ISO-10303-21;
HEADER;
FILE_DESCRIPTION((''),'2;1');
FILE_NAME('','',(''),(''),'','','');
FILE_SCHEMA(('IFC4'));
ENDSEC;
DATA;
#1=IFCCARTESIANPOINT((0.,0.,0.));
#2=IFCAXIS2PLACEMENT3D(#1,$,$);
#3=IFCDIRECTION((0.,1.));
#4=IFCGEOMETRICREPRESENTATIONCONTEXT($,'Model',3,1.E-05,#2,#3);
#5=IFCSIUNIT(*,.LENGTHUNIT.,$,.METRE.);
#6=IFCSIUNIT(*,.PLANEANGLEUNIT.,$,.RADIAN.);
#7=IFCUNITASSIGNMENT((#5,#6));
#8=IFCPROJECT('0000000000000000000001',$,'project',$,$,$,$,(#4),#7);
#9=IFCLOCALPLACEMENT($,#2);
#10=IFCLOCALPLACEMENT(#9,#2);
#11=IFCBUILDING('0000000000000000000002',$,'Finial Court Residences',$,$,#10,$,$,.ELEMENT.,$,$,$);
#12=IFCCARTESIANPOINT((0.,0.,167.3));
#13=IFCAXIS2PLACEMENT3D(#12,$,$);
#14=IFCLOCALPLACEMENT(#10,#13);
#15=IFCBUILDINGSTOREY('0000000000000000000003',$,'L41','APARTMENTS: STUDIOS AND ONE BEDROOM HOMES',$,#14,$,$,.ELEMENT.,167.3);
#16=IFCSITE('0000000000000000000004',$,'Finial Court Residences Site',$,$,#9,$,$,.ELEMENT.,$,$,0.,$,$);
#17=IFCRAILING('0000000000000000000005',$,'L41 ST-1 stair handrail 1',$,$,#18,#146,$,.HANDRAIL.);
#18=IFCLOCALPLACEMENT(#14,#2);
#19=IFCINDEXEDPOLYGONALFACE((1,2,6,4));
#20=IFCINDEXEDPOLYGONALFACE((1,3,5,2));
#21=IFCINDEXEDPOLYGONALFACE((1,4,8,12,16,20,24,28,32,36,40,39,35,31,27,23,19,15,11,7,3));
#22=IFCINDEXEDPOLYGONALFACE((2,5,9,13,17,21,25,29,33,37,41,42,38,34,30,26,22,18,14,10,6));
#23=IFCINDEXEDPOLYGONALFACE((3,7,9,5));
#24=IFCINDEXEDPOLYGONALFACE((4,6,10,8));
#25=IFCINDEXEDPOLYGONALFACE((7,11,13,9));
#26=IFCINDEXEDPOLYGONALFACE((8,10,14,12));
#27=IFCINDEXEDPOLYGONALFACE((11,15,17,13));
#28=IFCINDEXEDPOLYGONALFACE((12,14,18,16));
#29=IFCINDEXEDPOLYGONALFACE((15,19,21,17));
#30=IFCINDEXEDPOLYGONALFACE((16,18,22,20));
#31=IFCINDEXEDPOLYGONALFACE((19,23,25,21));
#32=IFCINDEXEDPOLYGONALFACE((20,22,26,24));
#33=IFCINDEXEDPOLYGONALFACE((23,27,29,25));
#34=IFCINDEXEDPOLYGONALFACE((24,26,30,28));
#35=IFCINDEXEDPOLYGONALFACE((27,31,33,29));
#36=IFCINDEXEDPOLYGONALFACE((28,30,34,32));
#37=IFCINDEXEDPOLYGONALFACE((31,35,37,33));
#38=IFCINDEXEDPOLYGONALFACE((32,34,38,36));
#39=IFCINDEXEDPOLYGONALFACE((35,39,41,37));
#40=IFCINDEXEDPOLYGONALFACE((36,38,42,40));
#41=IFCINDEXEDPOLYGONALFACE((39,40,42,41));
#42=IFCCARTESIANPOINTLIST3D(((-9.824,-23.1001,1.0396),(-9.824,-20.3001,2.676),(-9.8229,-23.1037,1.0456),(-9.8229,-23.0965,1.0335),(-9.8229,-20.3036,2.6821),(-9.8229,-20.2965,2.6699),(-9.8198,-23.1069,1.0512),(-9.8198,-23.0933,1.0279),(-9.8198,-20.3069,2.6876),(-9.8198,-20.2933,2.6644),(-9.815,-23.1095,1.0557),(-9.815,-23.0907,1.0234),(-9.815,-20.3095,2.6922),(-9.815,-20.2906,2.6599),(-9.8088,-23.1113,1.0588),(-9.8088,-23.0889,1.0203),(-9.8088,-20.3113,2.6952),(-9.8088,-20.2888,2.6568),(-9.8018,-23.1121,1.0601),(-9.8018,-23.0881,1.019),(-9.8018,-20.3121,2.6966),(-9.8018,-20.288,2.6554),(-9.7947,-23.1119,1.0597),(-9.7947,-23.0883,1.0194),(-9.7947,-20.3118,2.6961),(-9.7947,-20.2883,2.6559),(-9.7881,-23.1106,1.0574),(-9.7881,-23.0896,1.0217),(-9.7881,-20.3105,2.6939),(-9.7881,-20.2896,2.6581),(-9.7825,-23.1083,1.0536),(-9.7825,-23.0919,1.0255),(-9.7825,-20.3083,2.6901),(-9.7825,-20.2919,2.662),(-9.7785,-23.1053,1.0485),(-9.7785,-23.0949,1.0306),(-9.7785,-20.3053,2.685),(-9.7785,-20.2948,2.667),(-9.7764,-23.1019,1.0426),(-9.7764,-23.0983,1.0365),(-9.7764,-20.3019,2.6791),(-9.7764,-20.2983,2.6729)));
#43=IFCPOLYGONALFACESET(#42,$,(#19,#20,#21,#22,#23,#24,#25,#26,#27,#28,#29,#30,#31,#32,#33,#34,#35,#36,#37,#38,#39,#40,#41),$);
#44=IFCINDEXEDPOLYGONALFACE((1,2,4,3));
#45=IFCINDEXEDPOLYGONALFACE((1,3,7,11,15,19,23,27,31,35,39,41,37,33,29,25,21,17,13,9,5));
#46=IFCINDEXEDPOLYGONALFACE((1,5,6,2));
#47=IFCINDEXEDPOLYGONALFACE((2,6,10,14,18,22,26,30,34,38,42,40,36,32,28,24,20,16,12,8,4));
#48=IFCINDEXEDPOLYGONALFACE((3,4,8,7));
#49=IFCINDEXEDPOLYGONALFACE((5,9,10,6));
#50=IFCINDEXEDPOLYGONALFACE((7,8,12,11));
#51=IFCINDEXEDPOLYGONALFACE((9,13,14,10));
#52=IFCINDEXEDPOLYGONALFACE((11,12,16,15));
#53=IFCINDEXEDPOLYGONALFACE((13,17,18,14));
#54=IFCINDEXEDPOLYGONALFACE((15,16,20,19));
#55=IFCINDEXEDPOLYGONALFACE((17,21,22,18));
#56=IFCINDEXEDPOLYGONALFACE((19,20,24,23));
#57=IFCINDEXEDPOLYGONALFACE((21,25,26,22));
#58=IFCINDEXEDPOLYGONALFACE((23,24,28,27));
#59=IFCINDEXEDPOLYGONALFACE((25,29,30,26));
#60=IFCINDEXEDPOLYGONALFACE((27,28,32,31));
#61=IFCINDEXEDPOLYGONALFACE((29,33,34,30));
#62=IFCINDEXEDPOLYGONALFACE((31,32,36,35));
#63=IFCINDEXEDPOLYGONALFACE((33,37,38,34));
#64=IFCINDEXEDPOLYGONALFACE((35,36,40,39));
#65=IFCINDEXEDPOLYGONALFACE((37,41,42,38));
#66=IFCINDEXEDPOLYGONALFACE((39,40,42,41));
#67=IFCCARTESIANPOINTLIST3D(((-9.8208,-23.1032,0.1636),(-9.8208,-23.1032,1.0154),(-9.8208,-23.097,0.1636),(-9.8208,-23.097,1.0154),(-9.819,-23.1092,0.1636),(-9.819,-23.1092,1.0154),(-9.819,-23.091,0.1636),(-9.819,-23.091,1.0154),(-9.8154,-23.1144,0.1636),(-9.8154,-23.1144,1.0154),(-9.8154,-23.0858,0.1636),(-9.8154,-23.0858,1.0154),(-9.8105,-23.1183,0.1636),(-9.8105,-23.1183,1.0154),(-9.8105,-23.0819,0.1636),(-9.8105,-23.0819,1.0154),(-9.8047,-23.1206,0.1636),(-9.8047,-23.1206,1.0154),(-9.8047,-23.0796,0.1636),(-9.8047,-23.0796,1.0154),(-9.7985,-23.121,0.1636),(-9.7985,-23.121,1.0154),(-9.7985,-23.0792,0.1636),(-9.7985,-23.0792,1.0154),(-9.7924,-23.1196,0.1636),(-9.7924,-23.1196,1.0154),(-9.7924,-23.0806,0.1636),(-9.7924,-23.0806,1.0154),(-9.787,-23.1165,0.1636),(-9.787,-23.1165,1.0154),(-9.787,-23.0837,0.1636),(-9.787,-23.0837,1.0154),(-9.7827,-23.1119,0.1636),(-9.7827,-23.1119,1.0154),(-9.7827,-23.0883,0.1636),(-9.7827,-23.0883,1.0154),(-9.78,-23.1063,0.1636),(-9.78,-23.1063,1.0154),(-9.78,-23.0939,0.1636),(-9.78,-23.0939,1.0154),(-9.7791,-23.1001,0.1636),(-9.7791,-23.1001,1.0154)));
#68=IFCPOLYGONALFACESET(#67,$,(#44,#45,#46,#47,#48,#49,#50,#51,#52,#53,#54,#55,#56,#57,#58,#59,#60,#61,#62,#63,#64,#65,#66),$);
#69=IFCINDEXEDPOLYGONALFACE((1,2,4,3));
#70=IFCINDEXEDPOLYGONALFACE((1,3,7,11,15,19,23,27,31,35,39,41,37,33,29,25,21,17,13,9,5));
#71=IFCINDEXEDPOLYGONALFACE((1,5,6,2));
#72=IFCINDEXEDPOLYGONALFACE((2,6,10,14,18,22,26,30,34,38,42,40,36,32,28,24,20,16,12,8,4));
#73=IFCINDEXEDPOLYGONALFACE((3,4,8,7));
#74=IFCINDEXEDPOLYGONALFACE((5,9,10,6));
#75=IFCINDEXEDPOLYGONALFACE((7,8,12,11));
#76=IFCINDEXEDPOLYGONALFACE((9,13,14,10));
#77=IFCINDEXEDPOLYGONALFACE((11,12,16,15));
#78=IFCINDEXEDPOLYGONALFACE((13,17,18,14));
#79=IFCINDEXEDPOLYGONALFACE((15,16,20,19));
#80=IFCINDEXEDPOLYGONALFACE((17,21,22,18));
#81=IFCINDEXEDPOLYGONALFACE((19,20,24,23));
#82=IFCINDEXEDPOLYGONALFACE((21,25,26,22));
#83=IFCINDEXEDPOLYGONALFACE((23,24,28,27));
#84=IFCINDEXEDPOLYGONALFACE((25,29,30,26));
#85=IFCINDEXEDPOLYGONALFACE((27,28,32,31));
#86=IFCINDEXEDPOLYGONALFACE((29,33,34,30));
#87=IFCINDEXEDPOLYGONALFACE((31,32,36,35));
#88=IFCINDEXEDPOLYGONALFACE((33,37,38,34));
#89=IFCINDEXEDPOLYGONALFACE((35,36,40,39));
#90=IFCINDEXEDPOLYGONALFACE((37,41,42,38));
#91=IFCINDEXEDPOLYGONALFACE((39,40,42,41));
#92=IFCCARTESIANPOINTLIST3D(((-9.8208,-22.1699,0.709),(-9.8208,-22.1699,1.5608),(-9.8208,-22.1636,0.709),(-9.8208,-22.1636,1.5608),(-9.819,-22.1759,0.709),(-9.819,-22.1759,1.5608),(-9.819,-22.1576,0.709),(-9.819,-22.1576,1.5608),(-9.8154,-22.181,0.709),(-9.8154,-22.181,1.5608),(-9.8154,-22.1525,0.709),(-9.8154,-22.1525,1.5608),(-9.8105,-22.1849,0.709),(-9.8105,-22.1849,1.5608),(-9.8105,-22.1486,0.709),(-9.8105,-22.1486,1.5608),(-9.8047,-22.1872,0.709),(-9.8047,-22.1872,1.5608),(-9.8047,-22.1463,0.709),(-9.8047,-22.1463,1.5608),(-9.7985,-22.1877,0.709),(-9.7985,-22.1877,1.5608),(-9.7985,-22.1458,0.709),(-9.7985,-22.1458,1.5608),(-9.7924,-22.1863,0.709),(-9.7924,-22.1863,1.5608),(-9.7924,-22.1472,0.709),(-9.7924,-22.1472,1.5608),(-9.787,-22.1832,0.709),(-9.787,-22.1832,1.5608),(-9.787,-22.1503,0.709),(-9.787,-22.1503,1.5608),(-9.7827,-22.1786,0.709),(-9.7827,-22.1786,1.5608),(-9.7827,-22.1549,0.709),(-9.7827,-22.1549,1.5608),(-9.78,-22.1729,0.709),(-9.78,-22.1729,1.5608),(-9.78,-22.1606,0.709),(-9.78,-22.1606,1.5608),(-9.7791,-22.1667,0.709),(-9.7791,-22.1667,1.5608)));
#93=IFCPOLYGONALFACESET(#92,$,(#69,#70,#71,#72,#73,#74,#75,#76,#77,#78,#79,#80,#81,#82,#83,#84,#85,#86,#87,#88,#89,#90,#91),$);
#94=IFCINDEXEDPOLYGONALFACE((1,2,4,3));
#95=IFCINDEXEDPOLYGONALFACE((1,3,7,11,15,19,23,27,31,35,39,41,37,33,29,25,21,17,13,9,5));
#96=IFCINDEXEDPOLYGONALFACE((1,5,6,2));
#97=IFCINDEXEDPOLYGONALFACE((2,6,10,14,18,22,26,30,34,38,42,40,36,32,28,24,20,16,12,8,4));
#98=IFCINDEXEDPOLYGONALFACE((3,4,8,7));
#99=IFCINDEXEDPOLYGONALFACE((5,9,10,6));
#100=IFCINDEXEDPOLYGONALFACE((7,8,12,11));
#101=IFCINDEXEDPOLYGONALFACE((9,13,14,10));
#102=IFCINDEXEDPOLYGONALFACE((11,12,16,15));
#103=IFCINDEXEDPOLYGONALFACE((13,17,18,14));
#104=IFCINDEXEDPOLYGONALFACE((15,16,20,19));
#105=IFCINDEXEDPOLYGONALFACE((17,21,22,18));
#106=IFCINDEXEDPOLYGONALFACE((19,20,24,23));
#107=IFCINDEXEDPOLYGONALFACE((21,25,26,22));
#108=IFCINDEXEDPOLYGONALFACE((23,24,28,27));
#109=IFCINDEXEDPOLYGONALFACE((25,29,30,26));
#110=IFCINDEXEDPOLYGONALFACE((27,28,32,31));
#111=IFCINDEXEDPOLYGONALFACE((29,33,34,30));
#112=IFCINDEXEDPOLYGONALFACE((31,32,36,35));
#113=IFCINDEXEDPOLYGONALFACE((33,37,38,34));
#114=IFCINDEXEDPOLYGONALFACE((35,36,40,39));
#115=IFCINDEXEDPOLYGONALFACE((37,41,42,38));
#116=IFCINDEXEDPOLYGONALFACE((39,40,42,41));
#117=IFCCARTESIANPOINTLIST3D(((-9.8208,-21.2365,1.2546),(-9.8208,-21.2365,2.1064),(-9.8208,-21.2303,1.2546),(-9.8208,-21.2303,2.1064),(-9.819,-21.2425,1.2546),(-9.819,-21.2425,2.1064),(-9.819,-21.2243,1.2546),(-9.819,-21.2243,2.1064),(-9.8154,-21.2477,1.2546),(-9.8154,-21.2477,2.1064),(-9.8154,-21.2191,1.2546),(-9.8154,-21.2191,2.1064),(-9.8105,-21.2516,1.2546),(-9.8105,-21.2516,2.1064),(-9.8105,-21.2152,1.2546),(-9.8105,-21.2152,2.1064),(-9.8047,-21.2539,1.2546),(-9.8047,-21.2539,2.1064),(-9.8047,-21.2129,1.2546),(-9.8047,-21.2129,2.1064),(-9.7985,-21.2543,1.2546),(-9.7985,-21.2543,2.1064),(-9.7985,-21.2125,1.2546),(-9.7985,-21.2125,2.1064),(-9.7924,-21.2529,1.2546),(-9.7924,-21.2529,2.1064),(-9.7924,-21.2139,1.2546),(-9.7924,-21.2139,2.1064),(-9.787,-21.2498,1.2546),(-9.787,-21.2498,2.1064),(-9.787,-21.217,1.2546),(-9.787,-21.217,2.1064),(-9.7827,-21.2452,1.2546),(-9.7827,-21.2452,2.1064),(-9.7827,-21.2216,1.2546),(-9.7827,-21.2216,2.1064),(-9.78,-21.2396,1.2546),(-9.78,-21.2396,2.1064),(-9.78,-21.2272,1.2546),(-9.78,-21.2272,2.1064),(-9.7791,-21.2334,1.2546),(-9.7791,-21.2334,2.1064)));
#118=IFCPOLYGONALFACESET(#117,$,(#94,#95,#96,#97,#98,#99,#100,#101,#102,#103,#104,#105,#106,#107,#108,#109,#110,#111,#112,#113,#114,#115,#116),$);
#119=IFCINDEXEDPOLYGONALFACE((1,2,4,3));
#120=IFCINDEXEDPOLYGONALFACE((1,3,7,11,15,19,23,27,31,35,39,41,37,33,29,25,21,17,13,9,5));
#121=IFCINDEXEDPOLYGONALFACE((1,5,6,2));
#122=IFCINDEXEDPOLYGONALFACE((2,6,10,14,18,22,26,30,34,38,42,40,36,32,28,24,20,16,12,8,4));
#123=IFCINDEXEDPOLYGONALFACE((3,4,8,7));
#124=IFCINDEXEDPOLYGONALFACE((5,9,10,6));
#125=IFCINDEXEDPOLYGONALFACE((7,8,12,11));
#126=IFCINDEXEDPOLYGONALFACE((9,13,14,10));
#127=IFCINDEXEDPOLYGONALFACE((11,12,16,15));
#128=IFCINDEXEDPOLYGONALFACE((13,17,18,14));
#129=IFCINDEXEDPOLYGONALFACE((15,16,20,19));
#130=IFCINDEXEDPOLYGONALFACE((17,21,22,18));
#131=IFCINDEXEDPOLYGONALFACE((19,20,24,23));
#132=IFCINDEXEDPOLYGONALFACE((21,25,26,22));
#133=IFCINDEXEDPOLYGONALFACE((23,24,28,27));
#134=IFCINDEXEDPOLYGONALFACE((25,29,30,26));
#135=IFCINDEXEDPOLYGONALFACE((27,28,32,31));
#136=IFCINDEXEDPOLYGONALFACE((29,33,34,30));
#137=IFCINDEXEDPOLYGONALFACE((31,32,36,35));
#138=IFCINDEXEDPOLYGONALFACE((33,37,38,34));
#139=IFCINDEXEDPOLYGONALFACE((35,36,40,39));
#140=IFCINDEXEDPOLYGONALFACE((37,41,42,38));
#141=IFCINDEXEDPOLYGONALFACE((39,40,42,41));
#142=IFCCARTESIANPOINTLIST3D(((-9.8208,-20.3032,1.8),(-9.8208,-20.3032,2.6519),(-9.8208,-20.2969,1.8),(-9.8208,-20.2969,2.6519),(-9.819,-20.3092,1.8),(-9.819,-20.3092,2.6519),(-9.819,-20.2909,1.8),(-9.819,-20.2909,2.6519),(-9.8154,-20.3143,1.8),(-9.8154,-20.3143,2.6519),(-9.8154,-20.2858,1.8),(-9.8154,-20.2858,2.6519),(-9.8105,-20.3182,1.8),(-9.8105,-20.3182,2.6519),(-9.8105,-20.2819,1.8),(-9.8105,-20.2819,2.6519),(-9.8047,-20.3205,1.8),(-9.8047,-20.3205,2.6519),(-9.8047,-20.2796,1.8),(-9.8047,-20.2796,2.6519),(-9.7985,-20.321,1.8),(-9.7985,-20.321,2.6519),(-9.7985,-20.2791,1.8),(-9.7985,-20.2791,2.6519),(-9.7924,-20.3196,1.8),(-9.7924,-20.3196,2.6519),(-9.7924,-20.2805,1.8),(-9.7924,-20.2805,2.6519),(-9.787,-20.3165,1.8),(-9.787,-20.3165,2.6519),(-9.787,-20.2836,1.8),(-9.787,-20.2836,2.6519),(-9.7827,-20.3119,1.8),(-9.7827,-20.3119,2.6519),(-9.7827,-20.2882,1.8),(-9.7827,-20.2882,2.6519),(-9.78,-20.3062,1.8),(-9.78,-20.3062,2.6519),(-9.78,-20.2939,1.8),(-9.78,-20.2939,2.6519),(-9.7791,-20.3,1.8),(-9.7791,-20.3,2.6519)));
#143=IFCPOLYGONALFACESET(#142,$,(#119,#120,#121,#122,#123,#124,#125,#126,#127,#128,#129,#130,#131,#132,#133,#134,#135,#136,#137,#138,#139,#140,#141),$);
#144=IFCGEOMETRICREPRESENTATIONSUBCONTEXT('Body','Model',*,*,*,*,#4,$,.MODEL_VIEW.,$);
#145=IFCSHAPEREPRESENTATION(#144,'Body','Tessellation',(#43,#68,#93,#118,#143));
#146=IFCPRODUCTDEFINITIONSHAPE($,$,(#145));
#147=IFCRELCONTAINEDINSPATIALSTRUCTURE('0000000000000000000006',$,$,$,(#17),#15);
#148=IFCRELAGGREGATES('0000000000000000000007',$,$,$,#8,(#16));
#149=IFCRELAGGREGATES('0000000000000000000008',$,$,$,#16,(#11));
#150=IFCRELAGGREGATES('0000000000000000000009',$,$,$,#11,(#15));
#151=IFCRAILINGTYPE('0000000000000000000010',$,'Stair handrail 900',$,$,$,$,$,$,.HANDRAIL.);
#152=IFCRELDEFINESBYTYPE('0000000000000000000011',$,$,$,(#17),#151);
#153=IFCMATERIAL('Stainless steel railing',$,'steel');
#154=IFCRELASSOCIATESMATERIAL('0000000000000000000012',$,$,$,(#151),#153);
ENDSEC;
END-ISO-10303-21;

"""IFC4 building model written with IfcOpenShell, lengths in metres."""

from ifc_helpers import new_model, si_unit, direction, frame, origin, origin_2d, place, context, subcontext, project, spatial, circle, extrude, material, type_object, element, save


model = new_model("IFC4")

# Units and contexts
model_context = context("Model", 3, precision=1e-05, world=origin(), true_north=direction((0.0, 1.0)))
body_context = subcontext(model_context, "Body", "Model", "MODEL_VIEW")
ifc_project = project(units=[si_unit("LENGTHUNIT", "METRE"), si_unit("PLANEANGLEUNIT", "RADIAN")], contexts=[model_context])

# Site, building, storey
site_placement = place(None, origin())
site = spatial("IfcSite", under=ifc_project, at=site_placement, Name="Finial Court Residences Site", CompositionType="ELEMENT", RefElevation=0.0)
building_placement = place(site_placement, origin())
building = spatial("IfcBuilding", under=site, at=building_placement, Name="Finial Court Residences", CompositionType="ELEMENT")
storey_placement = place(building_placement, frame((0.0, 0.0, 167.3)))
storey = spatial("IfcBuildingStorey", under=building, at=storey_placement, Name="L41", Description="APARTMENTS: STUDIOS AND ONE BEDROOM HOMES", CompositionType="ELEMENT", Elevation=167.3)

# Railing
ifc_material_1 = material(Name="Stainless steel railing", Category="steel")
railing_type_1 = type_object("IfcRailingType", Name="Stair handrail 900", PredefinedType="HANDRAIL", material=ifc_material_1)
railing_1_placement = place(storey_placement, frame((-9.8, -23.1001, 0.1636)))
element("IfcRailing", 1, at=railing_1_placement, inside=storey, type_object=railing_type_1, Name="L41 ST-1 stair handrail 1", PredefinedType="HANDRAIL", context=body_context, shape_type="SweptSolid", body=[
    extrude(circle(Radius=0.0239, at=origin_2d()), frame((0.0, 0.0, 0.876), z_axis=(0.0, 0.863361, 0.504587), x_axis=(-1.0, 0.0, 0.0)), (0.0, 0.0, 1.0), 3.2432),
    extrude(circle(Radius=0.021, at=origin_2d()), origin(), (0.0, 0.0, 1.0), 0.8518),
    extrude(circle(Radius=0.021, at=origin_2d()), frame((0.0, 0.9333, 0.5454)), (0.0, 0.0, 1.0), 0.8518),
    extrude(circle(Radius=0.021, at=origin_2d()), frame((0.0, 1.8667, 1.0911)), (0.0, 0.0, 1.0), 0.8518),
    extrude(circle(Radius=0.021, at=origin_2d()), frame((0.0, 2.8, 1.6365)), (0.0, 0.0, 1.0), 0.8518),
])

save(model, "model.ifc")
